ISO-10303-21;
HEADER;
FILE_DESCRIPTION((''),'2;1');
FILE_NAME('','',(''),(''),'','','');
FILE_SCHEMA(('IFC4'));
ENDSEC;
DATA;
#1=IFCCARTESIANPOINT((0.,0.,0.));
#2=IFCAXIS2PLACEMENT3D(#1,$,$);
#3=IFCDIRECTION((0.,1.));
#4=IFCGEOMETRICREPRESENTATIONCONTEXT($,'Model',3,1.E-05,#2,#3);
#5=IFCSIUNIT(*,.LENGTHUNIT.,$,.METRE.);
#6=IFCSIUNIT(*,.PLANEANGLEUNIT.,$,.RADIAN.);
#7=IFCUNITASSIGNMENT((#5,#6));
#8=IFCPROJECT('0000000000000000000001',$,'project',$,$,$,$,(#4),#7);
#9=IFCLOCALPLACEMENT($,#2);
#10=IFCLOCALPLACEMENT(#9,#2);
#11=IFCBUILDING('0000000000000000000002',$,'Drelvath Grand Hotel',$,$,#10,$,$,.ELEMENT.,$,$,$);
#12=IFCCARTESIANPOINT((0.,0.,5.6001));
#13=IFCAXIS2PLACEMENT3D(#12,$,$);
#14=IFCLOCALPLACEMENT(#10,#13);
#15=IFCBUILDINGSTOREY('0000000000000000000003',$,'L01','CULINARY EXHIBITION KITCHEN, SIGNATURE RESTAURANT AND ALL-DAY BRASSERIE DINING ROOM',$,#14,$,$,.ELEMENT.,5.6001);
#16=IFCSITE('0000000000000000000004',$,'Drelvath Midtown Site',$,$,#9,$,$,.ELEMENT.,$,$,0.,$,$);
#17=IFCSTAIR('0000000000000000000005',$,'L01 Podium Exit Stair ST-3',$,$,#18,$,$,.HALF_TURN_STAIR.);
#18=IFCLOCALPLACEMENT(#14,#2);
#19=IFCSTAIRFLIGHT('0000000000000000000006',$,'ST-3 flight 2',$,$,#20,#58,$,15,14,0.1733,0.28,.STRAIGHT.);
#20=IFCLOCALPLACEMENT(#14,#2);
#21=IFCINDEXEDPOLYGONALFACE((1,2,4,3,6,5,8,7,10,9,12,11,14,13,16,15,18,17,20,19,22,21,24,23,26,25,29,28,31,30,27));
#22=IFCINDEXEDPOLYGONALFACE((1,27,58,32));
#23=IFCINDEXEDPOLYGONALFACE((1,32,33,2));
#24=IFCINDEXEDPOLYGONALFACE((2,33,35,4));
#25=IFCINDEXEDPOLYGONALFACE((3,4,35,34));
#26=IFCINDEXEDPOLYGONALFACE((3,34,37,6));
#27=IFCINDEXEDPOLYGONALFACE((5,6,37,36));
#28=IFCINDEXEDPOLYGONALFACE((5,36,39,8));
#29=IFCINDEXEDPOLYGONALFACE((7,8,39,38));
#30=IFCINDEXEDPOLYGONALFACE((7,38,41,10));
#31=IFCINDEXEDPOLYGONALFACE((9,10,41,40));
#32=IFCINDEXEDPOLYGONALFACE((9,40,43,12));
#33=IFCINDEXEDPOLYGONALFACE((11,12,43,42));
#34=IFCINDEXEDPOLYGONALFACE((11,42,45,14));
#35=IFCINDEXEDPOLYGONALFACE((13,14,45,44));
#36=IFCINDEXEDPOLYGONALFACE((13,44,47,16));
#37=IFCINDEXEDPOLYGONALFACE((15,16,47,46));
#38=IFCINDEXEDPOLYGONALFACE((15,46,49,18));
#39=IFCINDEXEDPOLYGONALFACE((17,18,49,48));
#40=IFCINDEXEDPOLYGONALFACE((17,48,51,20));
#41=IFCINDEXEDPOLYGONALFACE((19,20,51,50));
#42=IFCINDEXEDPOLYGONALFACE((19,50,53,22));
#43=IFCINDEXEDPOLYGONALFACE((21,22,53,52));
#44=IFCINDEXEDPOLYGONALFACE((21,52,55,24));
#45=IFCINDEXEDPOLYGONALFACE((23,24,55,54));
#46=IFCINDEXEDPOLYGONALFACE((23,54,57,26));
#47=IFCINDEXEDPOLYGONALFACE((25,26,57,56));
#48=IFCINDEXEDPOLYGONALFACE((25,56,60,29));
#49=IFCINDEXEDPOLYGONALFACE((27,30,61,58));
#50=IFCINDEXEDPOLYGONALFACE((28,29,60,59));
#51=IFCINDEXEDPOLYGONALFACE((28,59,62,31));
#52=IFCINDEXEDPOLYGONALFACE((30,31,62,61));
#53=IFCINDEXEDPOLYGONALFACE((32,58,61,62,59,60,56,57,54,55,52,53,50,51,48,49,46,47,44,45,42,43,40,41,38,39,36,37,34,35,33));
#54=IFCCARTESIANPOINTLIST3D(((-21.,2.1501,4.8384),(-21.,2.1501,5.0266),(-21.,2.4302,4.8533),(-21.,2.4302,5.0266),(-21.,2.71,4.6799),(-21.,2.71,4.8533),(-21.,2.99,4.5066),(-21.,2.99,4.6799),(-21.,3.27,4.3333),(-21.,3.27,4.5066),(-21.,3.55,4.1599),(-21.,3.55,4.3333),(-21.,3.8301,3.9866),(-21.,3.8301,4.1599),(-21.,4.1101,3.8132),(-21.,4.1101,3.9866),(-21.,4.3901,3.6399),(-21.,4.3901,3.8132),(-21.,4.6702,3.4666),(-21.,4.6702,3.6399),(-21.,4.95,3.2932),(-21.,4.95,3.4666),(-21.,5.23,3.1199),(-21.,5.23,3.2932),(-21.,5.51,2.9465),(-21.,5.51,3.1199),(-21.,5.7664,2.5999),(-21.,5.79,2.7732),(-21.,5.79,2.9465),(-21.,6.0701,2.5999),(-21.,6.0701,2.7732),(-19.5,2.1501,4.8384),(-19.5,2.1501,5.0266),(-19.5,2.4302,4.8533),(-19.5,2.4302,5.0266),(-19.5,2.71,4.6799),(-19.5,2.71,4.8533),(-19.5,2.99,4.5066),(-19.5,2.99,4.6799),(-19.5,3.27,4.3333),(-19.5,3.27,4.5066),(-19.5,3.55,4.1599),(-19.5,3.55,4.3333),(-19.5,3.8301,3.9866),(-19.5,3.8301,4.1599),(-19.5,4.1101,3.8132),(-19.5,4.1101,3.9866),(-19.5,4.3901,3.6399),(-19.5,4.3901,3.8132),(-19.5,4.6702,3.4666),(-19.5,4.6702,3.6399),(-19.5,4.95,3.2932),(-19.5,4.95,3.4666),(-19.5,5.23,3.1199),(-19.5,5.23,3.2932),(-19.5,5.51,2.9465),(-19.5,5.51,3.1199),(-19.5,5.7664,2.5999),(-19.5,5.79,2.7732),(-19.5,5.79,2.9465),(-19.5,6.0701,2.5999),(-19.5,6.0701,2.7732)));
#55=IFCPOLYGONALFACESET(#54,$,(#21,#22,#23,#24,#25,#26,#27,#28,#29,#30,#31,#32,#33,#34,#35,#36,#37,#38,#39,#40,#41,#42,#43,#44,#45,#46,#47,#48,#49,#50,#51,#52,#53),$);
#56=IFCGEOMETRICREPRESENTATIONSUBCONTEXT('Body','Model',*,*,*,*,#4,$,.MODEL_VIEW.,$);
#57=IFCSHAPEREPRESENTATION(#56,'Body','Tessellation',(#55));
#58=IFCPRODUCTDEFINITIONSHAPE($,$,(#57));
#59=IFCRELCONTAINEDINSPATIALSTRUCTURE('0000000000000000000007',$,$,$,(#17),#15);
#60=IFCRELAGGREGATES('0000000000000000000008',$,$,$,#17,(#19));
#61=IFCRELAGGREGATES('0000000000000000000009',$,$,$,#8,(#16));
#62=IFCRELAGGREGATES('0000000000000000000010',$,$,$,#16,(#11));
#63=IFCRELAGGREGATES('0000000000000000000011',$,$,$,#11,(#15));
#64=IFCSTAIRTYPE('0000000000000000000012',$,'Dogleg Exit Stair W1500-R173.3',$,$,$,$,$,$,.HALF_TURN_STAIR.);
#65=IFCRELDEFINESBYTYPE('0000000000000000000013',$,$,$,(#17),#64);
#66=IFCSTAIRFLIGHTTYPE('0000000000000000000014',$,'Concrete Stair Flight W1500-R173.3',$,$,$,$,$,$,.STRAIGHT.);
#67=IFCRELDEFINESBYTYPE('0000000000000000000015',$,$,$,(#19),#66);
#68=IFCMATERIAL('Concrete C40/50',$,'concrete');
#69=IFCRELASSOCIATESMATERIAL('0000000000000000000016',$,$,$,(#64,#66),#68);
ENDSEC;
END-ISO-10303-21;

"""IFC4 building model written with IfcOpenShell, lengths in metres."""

from ifc_helpers import new_model, si_unit, direction, frame, origin, place, context, subcontext, project, spatial, polyline, outline, extrude, material, type_object, element, aggregate, save


model = new_model("IFC4")

# Units and contexts
model_context = context("Model", 3, precision=1e-05, world=origin(), true_north=direction((0.0, 1.0)))
body_context = subcontext(model_context, "Body", "Model", "MODEL_VIEW")
ifc_project = project(units=[si_unit("LENGTHUNIT", "METRE"), si_unit("PLANEANGLEUNIT", "RADIAN")], contexts=[model_context])

# Site, building, storey
site_placement = place(None, origin())
site = spatial("IfcSite", under=ifc_project, at=site_placement, Name="Drelvath Midtown Site", CompositionType="ELEMENT", RefElevation=0.0)
building_placement = place(site_placement, origin())
building = spatial("IfcBuilding", under=site, at=building_placement, Name="Drelvath Grand Hotel", CompositionType="ELEMENT")
storey_placement = place(building_placement, frame((0.0, 0.0, 5.6001)))
storey = spatial("IfcBuildingStorey", under=building, at=storey_placement, Name="L01", Description="CULINARY EXHIBITION KITCHEN, SIGNATURE RESTAURANT AND ALL-DAY BRASSERIE DINING ROOM", CompositionType="ELEMENT", Elevation=5.6001)

# Shared definitions
ifc_material_1 = material(Name="Concrete C40/50", Category="concrete")

# Stair, stair flight
stair_type = type_object("IfcStairType", Name="Dogleg Exit Stair W1500-R173.3", PredefinedType="HALF_TURN_STAIR", material=ifc_material_1)
stair_placement = place(storey_placement, origin())
stair = element("IfcStair", 1, at=stair_placement, inside=storey, type_object=stair_type, Name="L01 Podium Exit Stair ST-3", PredefinedType="HALF_TURN_STAIR")
stair_flight_type = type_object("IfcStairFlightType", Name="Concrete Stair Flight W1500-R173.3", PredefinedType="STRAIGHT", material=ifc_material_1)
stair_flight_placement = place(storey_placement, frame((-20.25, 6.0701, 2.5999), z_axis=(0.0, 0.0, 1.0), x_axis=(0.0, -1.0, 0.0)))
stair_flight = element("IfcStairFlight", 2, at=stair_flight_placement, type_object=stair_flight_type, Name="ST-3 flight 2", NumberOfRisers=15, NumberOfTreads=14, PredefinedType="STRAIGHT", RiserHeight=0.1733, TreadLength=0.28, context=body_context, shape_type="SweptSolid", body=[
    extrude(outline(polyline([(0.0, 0.0), (0.0, 0.1733), (0.28, 0.1733), (0.28, 0.3467), (0.5601, 0.3467), (0.5601, 0.52), (0.8401, 0.52), (0.8401, 0.6934), (1.1201, 0.6934), (1.1201, 0.8667), (1.3999, 0.8667), (1.3999, 1.04), (1.6799, 1.04), (1.6799, 1.2134), (1.96, 1.2134), (1.96, 1.3867), (2.24, 1.3867), (2.24, 1.5601), (2.52, 1.5601), (2.52, 1.7334), (2.8, 1.7334), (2.8, 1.9067), (3.0801, 1.9067), (3.0801, 2.0801), (3.3601, 2.0801), (3.3601, 2.2534), (3.6399, 2.2534), (3.6399, 2.4268), (3.9199, 2.4268), (3.9199, 2.6001), (3.9199, 2.2385), (0.3037, 0.0), (0.0, 0.0)])), frame((0.0, 0.75, 0.0), z_axis=(0.0, -1.0, 0.0), x_axis=(1.0, 0.0, 0.0)), (0.0, 0.0, 1.0), 1.5),
])
aggregate(stair, [stair_flight])

save(model, "model.ifc")
